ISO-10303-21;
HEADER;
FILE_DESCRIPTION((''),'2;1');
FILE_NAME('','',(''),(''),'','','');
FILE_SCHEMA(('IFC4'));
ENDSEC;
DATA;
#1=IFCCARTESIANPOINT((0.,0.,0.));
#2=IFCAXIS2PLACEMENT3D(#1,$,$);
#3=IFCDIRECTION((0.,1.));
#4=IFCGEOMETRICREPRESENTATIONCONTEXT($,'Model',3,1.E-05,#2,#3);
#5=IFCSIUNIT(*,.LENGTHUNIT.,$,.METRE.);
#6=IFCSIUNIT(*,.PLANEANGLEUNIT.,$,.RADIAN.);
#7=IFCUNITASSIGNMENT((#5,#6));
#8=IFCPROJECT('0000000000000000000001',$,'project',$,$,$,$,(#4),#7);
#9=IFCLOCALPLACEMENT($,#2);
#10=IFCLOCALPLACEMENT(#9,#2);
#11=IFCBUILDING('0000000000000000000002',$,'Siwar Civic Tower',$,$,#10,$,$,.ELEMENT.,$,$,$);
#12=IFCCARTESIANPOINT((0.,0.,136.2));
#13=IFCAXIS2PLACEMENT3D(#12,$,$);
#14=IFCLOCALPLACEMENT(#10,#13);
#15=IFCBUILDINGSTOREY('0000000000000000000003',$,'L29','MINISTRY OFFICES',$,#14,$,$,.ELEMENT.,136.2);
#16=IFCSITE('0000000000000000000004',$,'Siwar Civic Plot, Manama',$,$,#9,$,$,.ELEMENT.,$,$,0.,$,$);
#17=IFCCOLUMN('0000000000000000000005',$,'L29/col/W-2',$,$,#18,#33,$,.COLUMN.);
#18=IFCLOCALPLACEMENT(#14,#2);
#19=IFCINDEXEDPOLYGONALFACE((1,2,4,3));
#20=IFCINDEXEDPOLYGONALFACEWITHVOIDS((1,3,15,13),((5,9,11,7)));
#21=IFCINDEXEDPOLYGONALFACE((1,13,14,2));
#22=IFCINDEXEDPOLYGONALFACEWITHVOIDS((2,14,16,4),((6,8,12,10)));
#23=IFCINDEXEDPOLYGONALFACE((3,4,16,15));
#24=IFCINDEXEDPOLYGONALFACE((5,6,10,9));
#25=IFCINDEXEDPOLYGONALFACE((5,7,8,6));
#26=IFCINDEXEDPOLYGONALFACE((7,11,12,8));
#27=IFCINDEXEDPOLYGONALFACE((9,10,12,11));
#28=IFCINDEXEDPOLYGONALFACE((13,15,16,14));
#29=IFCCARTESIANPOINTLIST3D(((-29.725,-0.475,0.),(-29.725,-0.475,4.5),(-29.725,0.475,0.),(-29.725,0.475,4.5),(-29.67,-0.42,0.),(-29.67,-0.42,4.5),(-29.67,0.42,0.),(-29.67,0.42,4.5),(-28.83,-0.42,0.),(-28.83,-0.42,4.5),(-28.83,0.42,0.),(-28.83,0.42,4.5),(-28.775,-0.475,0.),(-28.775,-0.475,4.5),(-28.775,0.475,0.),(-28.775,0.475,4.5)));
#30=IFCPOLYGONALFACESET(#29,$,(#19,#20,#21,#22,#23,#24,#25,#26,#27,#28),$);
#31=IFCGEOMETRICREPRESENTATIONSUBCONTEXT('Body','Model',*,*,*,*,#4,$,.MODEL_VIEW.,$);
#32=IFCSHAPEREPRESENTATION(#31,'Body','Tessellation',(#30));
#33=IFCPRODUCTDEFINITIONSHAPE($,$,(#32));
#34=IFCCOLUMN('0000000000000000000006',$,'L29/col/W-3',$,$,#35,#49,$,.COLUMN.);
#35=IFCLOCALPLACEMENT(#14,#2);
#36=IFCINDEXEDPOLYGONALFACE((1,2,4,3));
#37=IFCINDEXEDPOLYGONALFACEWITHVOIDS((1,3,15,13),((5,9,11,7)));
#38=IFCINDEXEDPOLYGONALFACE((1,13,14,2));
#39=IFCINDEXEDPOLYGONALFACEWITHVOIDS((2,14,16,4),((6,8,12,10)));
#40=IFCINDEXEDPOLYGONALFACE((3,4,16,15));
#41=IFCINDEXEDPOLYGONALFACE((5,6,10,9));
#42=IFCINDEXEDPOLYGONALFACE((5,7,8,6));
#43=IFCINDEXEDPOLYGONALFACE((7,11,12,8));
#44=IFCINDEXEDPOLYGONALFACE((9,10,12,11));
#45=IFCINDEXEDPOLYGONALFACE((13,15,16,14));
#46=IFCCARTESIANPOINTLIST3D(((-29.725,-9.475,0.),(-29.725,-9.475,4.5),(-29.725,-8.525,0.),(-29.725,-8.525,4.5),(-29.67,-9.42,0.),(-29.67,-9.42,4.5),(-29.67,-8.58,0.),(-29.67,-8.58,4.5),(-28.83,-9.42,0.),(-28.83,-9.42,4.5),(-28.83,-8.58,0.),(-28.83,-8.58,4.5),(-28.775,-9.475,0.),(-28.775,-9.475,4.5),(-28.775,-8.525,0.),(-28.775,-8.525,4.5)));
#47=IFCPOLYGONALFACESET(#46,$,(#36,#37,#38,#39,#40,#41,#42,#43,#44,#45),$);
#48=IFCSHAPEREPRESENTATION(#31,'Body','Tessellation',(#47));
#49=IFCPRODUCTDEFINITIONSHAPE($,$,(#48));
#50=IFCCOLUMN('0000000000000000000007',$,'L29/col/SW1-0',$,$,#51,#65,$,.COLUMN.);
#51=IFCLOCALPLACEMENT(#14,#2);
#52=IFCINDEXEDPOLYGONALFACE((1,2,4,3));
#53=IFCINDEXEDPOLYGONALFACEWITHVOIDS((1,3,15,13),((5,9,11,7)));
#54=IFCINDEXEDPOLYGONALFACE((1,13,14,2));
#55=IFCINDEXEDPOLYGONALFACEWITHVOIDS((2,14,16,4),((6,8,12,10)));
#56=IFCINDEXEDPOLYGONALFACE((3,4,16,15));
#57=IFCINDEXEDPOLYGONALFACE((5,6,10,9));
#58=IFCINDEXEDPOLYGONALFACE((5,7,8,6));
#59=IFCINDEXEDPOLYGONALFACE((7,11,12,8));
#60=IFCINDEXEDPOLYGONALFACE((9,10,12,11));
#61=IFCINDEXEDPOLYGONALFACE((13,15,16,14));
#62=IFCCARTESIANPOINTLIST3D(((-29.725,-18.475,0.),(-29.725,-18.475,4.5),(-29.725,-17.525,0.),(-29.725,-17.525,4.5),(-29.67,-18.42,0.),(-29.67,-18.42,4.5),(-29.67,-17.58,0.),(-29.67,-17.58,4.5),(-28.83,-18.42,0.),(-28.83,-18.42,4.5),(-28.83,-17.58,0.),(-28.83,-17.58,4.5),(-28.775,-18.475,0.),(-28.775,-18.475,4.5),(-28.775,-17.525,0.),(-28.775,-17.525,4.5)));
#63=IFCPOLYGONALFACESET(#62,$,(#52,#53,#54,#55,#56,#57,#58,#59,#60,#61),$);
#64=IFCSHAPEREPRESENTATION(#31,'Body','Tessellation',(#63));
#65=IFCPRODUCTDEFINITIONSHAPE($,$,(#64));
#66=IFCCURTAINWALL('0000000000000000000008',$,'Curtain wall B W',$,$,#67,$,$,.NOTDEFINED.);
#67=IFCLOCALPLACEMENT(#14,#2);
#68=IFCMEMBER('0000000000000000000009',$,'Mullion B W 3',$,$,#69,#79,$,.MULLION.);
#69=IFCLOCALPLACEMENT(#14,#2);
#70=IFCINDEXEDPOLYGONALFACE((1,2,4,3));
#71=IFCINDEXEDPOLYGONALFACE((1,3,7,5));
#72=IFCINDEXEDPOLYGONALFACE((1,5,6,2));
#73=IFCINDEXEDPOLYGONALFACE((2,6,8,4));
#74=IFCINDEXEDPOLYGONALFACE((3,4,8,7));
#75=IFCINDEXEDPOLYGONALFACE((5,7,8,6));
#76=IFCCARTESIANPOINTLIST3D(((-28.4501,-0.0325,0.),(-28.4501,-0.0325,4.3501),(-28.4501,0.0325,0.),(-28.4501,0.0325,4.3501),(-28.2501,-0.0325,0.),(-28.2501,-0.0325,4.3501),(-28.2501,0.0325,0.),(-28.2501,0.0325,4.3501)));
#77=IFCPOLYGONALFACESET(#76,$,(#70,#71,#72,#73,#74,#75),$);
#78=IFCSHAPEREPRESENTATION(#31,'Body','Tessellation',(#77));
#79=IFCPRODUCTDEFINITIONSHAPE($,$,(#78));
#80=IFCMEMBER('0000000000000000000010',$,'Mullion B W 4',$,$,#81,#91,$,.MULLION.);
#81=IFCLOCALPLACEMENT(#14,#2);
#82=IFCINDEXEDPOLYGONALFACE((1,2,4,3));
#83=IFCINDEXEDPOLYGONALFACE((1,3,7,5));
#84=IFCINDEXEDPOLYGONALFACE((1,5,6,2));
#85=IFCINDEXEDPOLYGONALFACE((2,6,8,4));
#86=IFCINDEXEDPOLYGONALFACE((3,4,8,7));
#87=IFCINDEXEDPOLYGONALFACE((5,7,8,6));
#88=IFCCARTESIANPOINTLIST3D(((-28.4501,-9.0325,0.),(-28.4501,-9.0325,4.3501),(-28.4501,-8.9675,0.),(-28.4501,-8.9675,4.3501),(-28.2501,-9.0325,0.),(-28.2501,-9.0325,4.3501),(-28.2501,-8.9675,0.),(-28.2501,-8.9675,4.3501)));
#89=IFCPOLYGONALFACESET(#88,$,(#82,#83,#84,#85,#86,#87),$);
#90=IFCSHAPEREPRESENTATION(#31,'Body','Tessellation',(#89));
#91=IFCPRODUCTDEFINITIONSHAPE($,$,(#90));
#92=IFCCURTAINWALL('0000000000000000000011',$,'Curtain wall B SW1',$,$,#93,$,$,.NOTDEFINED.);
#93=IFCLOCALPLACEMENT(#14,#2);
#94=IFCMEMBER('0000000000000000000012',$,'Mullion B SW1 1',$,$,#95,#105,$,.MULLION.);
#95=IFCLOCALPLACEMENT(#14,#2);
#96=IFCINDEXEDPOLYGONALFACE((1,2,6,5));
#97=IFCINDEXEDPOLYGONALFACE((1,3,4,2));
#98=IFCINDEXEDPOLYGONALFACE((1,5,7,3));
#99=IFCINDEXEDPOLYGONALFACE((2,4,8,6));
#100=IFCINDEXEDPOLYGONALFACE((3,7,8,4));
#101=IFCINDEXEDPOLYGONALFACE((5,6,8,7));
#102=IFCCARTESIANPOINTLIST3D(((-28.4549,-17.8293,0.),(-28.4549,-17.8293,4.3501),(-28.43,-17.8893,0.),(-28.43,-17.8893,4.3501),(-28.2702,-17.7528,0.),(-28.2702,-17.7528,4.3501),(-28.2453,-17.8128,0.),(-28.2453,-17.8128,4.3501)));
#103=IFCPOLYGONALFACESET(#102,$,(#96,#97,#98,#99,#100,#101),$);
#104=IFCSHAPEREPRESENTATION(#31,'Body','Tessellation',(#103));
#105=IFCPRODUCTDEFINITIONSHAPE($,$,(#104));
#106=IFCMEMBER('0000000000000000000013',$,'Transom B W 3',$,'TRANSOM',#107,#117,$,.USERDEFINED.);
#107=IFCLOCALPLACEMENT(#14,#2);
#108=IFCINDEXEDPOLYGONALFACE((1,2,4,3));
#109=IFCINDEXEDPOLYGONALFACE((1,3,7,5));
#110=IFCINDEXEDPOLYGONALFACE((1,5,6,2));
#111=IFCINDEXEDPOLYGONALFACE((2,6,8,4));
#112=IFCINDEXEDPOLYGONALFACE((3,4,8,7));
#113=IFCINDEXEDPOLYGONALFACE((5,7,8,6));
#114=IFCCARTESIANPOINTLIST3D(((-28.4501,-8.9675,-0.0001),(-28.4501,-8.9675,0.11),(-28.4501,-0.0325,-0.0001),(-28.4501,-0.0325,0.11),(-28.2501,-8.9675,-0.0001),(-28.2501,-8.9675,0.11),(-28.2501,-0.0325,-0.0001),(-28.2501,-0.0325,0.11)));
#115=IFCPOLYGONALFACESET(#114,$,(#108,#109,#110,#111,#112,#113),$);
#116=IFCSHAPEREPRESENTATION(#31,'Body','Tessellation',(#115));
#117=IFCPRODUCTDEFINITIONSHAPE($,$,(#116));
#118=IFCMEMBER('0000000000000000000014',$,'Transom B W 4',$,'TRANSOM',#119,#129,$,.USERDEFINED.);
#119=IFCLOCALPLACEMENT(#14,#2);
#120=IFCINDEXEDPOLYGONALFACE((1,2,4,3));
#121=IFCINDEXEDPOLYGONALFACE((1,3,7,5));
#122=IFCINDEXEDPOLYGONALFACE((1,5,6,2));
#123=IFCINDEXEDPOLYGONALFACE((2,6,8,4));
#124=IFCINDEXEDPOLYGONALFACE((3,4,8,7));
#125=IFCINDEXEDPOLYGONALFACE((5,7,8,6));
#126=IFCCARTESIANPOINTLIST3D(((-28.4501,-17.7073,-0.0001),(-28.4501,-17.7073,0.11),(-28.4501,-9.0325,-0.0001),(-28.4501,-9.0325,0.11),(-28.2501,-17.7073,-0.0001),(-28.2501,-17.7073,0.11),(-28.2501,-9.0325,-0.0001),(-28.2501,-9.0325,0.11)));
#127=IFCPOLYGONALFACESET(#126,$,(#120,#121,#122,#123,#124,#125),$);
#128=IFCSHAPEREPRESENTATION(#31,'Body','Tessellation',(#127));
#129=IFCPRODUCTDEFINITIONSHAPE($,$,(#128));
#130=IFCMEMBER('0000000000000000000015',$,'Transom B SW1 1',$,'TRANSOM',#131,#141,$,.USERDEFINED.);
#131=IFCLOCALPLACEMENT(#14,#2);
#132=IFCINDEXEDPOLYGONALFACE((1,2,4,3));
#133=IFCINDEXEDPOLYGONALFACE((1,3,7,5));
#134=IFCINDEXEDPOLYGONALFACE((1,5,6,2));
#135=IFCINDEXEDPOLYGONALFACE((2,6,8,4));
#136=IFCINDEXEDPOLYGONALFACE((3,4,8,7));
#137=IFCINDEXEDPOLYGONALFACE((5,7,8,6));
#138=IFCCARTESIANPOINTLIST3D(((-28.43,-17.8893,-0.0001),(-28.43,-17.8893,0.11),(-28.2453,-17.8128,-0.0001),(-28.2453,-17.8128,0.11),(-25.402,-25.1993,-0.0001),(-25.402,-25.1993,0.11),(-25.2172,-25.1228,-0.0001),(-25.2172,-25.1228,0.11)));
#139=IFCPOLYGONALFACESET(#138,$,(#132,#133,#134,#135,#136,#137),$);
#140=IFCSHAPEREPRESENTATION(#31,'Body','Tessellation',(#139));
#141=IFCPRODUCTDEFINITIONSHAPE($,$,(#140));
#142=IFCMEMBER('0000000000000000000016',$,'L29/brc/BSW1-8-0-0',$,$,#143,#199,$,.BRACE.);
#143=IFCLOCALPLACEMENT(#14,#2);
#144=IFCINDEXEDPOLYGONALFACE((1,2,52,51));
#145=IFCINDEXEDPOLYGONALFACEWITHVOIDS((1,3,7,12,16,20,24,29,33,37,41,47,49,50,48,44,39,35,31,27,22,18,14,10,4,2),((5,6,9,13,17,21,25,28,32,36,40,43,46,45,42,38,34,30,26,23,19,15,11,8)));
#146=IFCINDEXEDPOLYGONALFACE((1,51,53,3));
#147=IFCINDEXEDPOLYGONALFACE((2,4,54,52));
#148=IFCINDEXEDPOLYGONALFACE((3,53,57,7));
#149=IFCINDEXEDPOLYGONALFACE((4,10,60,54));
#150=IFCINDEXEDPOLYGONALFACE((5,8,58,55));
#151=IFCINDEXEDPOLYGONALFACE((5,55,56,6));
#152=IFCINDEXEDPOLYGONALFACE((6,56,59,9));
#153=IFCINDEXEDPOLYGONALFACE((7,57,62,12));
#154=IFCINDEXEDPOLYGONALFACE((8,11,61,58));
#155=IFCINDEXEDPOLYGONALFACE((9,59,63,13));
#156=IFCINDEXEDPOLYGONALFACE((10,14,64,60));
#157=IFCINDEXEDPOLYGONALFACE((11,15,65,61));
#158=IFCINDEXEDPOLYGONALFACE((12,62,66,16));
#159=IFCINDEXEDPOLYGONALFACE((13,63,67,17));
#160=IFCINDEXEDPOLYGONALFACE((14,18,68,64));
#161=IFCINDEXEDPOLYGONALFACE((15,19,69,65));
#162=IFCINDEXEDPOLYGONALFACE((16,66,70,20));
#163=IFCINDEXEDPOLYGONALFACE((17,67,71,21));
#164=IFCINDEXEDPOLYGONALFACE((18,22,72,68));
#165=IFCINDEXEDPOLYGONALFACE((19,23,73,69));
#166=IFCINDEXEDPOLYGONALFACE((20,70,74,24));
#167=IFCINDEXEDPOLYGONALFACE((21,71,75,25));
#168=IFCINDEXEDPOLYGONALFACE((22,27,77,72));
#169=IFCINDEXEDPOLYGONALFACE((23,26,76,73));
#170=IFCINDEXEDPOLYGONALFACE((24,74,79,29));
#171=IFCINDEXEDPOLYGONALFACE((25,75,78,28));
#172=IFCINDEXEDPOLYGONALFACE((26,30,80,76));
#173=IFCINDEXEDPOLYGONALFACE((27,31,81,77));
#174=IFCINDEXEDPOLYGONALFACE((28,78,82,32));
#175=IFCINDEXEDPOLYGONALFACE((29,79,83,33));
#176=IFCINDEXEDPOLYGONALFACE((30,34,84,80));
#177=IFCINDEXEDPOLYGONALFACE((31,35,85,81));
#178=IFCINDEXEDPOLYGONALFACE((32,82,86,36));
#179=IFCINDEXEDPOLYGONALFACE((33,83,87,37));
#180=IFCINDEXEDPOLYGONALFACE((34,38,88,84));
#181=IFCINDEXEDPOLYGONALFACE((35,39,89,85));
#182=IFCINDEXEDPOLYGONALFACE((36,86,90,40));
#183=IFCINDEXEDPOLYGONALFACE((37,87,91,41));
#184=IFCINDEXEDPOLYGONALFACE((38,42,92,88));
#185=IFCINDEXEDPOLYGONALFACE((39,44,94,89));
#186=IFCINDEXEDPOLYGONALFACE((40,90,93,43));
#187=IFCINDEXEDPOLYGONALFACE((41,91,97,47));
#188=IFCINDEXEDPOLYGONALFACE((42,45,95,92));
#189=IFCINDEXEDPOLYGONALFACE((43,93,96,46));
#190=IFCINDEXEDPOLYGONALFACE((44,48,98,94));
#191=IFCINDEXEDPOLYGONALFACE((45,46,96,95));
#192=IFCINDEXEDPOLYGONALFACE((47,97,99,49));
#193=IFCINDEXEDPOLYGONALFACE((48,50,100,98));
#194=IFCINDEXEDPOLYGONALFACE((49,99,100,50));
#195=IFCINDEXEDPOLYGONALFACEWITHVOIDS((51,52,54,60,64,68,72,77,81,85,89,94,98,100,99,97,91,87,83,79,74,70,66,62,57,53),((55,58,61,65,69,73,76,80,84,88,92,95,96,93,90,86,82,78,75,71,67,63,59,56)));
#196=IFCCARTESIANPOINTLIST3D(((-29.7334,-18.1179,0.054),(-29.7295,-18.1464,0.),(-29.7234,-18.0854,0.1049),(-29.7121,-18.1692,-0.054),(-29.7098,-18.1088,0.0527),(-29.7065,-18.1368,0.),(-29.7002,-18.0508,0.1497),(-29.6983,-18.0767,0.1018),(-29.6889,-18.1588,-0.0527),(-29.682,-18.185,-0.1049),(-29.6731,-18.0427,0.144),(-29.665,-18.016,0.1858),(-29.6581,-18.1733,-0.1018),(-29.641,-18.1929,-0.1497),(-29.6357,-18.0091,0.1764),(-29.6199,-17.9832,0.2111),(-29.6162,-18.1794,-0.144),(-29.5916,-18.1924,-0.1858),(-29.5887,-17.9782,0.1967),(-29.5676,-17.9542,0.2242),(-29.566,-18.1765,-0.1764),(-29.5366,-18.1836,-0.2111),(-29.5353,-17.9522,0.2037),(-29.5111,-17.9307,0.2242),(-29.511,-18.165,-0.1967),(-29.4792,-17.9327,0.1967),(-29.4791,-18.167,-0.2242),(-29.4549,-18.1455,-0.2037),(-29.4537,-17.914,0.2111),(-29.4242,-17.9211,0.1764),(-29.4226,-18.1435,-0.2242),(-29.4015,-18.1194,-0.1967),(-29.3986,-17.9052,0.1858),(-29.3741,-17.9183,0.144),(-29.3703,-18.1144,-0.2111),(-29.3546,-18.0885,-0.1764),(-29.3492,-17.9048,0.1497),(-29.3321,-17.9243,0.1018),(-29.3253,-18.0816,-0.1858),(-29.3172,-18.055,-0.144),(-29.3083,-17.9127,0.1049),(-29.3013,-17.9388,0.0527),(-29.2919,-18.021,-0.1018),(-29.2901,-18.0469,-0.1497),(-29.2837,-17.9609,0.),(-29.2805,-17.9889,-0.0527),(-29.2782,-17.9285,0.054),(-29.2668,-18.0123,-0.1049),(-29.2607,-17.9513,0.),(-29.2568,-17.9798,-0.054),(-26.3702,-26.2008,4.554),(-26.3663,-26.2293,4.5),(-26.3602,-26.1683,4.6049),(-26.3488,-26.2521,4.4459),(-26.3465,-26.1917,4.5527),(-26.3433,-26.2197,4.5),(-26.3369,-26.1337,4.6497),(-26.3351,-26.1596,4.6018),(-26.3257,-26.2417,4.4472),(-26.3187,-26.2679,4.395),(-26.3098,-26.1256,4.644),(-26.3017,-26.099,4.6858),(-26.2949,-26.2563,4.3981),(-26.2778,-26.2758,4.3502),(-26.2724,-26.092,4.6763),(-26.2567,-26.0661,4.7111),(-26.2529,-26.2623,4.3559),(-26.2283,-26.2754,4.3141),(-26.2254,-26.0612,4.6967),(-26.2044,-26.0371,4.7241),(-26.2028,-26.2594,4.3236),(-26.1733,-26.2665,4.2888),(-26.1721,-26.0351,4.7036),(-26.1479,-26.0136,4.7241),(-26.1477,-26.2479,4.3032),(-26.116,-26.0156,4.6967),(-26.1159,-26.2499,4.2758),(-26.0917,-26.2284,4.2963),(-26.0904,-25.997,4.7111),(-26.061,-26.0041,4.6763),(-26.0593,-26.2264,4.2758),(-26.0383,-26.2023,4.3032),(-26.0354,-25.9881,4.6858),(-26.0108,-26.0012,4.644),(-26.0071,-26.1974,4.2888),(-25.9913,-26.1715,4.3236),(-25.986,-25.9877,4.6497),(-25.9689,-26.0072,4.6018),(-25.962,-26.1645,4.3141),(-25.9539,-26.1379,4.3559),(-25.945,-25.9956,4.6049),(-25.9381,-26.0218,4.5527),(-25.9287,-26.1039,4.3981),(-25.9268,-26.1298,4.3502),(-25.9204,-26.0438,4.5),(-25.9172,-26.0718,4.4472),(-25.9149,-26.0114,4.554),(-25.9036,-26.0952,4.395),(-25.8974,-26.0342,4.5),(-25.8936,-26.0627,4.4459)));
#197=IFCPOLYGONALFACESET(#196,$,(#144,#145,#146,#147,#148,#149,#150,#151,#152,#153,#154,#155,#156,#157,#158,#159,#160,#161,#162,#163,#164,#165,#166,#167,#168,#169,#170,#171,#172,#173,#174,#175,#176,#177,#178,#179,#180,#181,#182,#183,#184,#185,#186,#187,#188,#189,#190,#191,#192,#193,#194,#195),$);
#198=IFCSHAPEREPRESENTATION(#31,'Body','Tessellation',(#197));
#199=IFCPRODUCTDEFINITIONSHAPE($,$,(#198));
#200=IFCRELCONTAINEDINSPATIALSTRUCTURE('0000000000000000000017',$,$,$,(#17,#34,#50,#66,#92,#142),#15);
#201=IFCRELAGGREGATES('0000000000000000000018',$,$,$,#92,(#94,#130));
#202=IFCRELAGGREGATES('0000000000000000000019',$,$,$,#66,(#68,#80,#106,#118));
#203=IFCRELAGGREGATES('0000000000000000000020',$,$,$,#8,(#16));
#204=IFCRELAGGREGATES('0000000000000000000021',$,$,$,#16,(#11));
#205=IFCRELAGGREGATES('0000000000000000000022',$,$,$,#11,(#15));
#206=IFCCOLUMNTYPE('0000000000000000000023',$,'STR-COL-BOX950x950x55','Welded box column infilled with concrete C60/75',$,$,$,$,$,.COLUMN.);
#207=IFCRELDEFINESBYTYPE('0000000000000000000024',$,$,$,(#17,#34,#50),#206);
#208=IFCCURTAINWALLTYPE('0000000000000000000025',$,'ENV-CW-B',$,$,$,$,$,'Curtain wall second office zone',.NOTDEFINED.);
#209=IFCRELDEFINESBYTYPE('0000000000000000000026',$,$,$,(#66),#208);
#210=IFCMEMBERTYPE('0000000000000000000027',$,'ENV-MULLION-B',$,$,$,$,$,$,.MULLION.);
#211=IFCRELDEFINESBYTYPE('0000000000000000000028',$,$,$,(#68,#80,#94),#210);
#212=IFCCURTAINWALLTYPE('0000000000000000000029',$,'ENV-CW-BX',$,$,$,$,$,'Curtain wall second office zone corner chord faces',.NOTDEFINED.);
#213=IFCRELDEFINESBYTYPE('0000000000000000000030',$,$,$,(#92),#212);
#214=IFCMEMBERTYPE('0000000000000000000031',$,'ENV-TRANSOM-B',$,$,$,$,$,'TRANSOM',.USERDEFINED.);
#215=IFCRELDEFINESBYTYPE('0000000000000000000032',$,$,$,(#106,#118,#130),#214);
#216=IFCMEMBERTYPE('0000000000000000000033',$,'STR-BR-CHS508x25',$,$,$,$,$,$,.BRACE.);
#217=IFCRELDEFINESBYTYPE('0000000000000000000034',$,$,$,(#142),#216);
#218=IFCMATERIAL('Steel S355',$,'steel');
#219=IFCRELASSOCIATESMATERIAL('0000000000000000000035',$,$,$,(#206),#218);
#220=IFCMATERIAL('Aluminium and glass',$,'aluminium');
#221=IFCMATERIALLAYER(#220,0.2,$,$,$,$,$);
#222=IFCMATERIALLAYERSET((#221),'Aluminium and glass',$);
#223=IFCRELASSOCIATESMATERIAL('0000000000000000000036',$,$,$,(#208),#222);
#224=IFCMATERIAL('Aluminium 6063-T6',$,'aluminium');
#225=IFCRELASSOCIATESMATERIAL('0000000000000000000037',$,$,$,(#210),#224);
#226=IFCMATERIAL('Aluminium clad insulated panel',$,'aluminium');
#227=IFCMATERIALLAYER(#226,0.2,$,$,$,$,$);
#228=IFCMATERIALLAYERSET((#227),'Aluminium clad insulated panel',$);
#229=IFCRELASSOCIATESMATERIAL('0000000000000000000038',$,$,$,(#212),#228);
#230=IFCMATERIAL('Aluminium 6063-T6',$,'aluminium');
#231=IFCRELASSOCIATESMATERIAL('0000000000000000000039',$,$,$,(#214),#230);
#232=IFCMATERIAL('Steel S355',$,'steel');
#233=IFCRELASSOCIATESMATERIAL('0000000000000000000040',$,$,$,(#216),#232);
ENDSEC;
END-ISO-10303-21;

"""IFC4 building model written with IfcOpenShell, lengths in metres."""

from ifc_helpers import new_model, si_unit, direction, frame, origin, origin_2d, place, context, subcontext, project, spatial, rectangle, hollow_rectangle, hollow_circle, extrude, material, layer, layer_set, material_profile, profile_set, type_object, element, aggregate, save


model = new_model("IFC4")

# Units and contexts
model_context = context("Model", 3, precision=1e-05, world=origin(), true_north=direction((0.0, 1.0)))
body_context = subcontext(model_context, "Body", "Model", "MODEL_VIEW")
ifc_project = project(units=[si_unit("LENGTHUNIT", "METRE"), si_unit("PLANEANGLEUNIT", "RADIAN")], contexts=[model_context])

# Site, building, storey
site_placement = place(None, origin())
site = spatial("IfcSite", under=ifc_project, at=site_placement, Name="Siwar Civic Plot, Manama", CompositionType="ELEMENT", RefElevation=0.0)
building_placement = place(site_placement, origin())
building = spatial("IfcBuilding", under=site, at=building_placement, Name="Siwar Civic Tower", CompositionType="ELEMENT")
storey_placement = place(building_placement, frame((0.0, 0.0, 136.2)))
storey = spatial("IfcBuildingStorey", under=building, at=storey_placement, Name="L29", Description="MINISTRY OFFICES", CompositionType="ELEMENT", Elevation=136.2)

# Columns
ifc_material_1 = material(Name="Steel S355", Category="steel")
ifc_material_profile_1 = material_profile(ifc_material_1, hollow_rectangle(XDim=0.95, YDim=0.95, WallThickness=0.0549, at=origin_2d()), Name="BOX950x950x55")
ifc_profile_set_1 = profile_set([ifc_material_profile_1], Name="Steel S355")
column_type = type_object("IfcColumnType", Name="STR-COL-BOX950x950x55", Description="Welded box column infilled with concrete C60/75", PredefinedType="COLUMN", material=ifc_profile_set_1)
for number, where, z_axis, x_axis, name in (
    (1, (-29.25, 0.0, 0.0), (0.0, 0.0, 1.0), (1.0, 0.0, 0.0), "L29/col/W-2"),
    (2, (-29.25, -9.0, 0.0), (0.0, 0.0, 1.0), (1.0, 0.0, 0.0), "L29/col/W-3"),
    (3, (-29.25, -18.0, 0.0), (0.0, 0.0, 1.0), (1.0, 0.0, 0.0), "L29/col/SW1-0"),
):
    element("IfcColumn", number, at=place(storey_placement, frame(where, z_axis=z_axis, x_axis=x_axis)), inside=storey, type_object=column_type, Name=name, PredefinedType="COLUMN", context=body_context, shape_type="SweptSolid", body=[
        extrude(hollow_rectangle(XDim=0.95, YDim=0.95, WallThickness=0.0549, at=origin_2d()), origin(), (0.0, 0.0, 1.0), 4.5),
    ])

# Curtain wall, members
ifc_material_2 = material(Name="Aluminium and glass", Category="aluminium")
ifc_layer_1 = layer(ifc_material_2, 0.2)
ifc_layer_set_1 = layer_set([ifc_layer_1], Name="Aluminium and glass")
curtain_wall_type_1 = type_object("IfcCurtainWallType", Name="ENV-CW-B", ElementType="Curtain wall second office zone", PredefinedType="NOTDEFINED", material=ifc_layer_set_1)
curtain_wall_1_placement = place(storey_placement, origin())
curtain_wall_1 = element("IfcCurtainWall", 4, at=curtain_wall_1_placement, inside=storey, type_object=curtain_wall_type_1, Name="Curtain wall B W", PredefinedType="NOTDEFINED")
ifc_material_3 = material(Name="Aluminium 6063-T6", Category="aluminium")
ifc_material_profile_2 = material_profile(ifc_material_3, rectangle(XDim=0.2, YDim=0.0649, at=origin_2d()), Name="AL 200x65")
ifc_profile_set_2 = profile_set([ifc_material_profile_2], Name="Aluminium 6063-T6")
member_type_1 = type_object("IfcMemberType", Name="ENV-MULLION-B", PredefinedType="MULLION", material=ifc_profile_set_2)
member_1_placement = place(storey_placement, frame((-28.3501, 0.0, 0.0), z_axis=(0.0, 0.0, 1.0), x_axis=(1.0, 0.0, 0.0)))
member_1 = element("IfcMember", 5, at=member_1_placement, type_object=member_type_1, Name="Mullion B W 3", PredefinedType="MULLION", context=body_context, shape_type="SweptSolid", body=[
    extrude(rectangle(XDim=0.2, YDim=0.0649, at=origin_2d()), origin(), (0.0, 0.0, 1.0), 4.3501),
])
member_2_placement = place(storey_placement, frame((-28.3501, -9.0, 0.0), z_axis=(0.0, 0.0, 1.0), x_axis=(1.0, 0.0, 0.0)))
member_2 = element("IfcMember", 6, at=member_2_placement, type_object=member_type_1, Name="Mullion B W 4", PredefinedType="MULLION", context=body_context, shape_type="SweptSolid", body=[
    extrude(rectangle(XDim=0.2, YDim=0.0649, at=origin_2d()), origin(), (0.0, 0.0, 1.0), 4.3501),
])

# Curtain wall, member
ifc_material_4 = material(Name="Aluminium clad insulated panel", Category="aluminium")
ifc_layer_2 = layer(ifc_material_4, 0.2)
ifc_layer_set_2 = layer_set([ifc_layer_2], Name="Aluminium clad insulated panel")
curtain_wall_type_2 = type_object("IfcCurtainWallType", Name="ENV-CW-BX", ElementType="Curtain wall second office zone corner chord faces", PredefinedType="NOTDEFINED", material=ifc_layer_set_2)
curtain_wall_2_placement = place(storey_placement, origin())
curtain_wall_2 = element("IfcCurtainWall", 7, at=curtain_wall_2_placement, inside=storey, type_object=curtain_wall_type_2, Name="Curtain wall B SW1", PredefinedType="NOTDEFINED")
member_3_placement = place(storey_placement, frame((-28.3501, -17.821, 0.0), z_axis=(0.0, 0.0, 1.0), x_axis=(0.92388, 0.382683, 0.0)))
member_3 = element("IfcMember", 8, at=member_3_placement, type_object=member_type_1, Name="Mullion B SW1 1", PredefinedType="MULLION", context=body_context, shape_type="SweptSolid", body=[
    extrude(rectangle(XDim=0.2, YDim=0.0649, at=origin_2d()), origin(), (0.0, 0.0, 1.0), 4.3501),
])

# Members
ifc_material_5 = material(Name="Aluminium 6063-T6", Category="aluminium")
ifc_material_profile_3 = material_profile(ifc_material_5, rectangle(XDim=0.2, YDim=0.1101, at=origin_2d()), Name="AL 200x110")
ifc_profile_set_3 = profile_set([ifc_material_profile_3], Name="Aluminium 6063-T6")
member_type_2 = type_object("IfcMemberType", Name="ENV-TRANSOM-B", ElementType="TRANSOM", PredefinedType="USERDEFINED", material=ifc_profile_set_3)
member_4_placement = place(storey_placement, frame((-28.3501, -0.0325, 0.0549), z_axis=(0.0, -1.0, 0.0), x_axis=(1.0, 0.0, 0.0)))
member_4 = element("IfcMember", 9, at=member_4_placement, type_object=member_type_2, Name="Transom B W 3", ObjectType="TRANSOM", PredefinedType="USERDEFINED", context=body_context, shape_type="SweptSolid", body=[
    extrude(rectangle(XDim=0.2, YDim=0.1101, at=origin_2d()), origin(), (0.0, 0.0, 1.0), 8.9351),
])
member_5_placement = place(storey_placement, frame((-28.3501, -9.0325, 0.0549), z_axis=(0.0, -1.0, 0.0), x_axis=(1.0, 0.0, 0.0)))
member_5 = element("IfcMember", 10, at=member_5_placement, type_object=member_type_2, Name="Transom B W 4", ObjectType="TRANSOM", PredefinedType="USERDEFINED", context=body_context, shape_type="SweptSolid", body=[
    extrude(rectangle(XDim=0.2, YDim=0.1101, at=origin_2d()), origin(), (0.0, 0.0, 1.0), 8.6748),
])
member_6_placement = place(storey_placement, frame((-28.3376, -17.8511, 0.0549), z_axis=(0.3827, -0.923873, 0.0), x_axis=(0.923873, 0.3827, 0.0)))
member_6 = element("IfcMember", 11, at=member_6_placement, type_object=member_type_2, Name="Transom B SW1 1", ObjectType="TRANSOM", PredefinedType="USERDEFINED", context=body_context, shape_type="SweptSolid", body=[
    extrude(rectangle(XDim=0.2, YDim=0.1101, at=origin_2d()), origin(), (0.0, 0.0, 1.0), 7.9124),
])
aggregate(curtain_wall_2, [member_3, member_6])
ifc_material_6 = material(Name="Steel S355", Category="steel")
ifc_material_profile_4 = material_profile(ifc_material_6, hollow_circle(Radius=0.2539, WallThickness=0.0249, at=origin_2d()), Name="CHS508x25")
ifc_profile_set_4 = profile_set([ifc_material_profile_4], Name="Steel S355")
member_type_3 = type_object("IfcMemberType", Name="STR-BR-CHS508x25", PredefinedType="BRACE", material=ifc_profile_set_4)
member_7_placement = place(storey_placement, frame((-29.4951, -18.0488, 0.0), z_axis=(0.341671, -0.821143, 0.457149), x_axis=(0.923265, 0.384164, 0.0)))
element("IfcMember", 12, at=member_7_placement, inside=storey, type_object=member_type_3, Name="L29/brc/BSW1-8-0-0", PredefinedType="BRACE", context=body_context, shape_type="SweptSolid", body=[
    extrude(hollow_circle(Radius=0.2539, WallThickness=0.0249, at=origin_2d()), origin(), (0.0, 0.0, 1.0), 9.8435),
])

aggregate(curtain_wall_1, [member_1, member_2, member_4, member_5])

save(model, "model.ifc")
